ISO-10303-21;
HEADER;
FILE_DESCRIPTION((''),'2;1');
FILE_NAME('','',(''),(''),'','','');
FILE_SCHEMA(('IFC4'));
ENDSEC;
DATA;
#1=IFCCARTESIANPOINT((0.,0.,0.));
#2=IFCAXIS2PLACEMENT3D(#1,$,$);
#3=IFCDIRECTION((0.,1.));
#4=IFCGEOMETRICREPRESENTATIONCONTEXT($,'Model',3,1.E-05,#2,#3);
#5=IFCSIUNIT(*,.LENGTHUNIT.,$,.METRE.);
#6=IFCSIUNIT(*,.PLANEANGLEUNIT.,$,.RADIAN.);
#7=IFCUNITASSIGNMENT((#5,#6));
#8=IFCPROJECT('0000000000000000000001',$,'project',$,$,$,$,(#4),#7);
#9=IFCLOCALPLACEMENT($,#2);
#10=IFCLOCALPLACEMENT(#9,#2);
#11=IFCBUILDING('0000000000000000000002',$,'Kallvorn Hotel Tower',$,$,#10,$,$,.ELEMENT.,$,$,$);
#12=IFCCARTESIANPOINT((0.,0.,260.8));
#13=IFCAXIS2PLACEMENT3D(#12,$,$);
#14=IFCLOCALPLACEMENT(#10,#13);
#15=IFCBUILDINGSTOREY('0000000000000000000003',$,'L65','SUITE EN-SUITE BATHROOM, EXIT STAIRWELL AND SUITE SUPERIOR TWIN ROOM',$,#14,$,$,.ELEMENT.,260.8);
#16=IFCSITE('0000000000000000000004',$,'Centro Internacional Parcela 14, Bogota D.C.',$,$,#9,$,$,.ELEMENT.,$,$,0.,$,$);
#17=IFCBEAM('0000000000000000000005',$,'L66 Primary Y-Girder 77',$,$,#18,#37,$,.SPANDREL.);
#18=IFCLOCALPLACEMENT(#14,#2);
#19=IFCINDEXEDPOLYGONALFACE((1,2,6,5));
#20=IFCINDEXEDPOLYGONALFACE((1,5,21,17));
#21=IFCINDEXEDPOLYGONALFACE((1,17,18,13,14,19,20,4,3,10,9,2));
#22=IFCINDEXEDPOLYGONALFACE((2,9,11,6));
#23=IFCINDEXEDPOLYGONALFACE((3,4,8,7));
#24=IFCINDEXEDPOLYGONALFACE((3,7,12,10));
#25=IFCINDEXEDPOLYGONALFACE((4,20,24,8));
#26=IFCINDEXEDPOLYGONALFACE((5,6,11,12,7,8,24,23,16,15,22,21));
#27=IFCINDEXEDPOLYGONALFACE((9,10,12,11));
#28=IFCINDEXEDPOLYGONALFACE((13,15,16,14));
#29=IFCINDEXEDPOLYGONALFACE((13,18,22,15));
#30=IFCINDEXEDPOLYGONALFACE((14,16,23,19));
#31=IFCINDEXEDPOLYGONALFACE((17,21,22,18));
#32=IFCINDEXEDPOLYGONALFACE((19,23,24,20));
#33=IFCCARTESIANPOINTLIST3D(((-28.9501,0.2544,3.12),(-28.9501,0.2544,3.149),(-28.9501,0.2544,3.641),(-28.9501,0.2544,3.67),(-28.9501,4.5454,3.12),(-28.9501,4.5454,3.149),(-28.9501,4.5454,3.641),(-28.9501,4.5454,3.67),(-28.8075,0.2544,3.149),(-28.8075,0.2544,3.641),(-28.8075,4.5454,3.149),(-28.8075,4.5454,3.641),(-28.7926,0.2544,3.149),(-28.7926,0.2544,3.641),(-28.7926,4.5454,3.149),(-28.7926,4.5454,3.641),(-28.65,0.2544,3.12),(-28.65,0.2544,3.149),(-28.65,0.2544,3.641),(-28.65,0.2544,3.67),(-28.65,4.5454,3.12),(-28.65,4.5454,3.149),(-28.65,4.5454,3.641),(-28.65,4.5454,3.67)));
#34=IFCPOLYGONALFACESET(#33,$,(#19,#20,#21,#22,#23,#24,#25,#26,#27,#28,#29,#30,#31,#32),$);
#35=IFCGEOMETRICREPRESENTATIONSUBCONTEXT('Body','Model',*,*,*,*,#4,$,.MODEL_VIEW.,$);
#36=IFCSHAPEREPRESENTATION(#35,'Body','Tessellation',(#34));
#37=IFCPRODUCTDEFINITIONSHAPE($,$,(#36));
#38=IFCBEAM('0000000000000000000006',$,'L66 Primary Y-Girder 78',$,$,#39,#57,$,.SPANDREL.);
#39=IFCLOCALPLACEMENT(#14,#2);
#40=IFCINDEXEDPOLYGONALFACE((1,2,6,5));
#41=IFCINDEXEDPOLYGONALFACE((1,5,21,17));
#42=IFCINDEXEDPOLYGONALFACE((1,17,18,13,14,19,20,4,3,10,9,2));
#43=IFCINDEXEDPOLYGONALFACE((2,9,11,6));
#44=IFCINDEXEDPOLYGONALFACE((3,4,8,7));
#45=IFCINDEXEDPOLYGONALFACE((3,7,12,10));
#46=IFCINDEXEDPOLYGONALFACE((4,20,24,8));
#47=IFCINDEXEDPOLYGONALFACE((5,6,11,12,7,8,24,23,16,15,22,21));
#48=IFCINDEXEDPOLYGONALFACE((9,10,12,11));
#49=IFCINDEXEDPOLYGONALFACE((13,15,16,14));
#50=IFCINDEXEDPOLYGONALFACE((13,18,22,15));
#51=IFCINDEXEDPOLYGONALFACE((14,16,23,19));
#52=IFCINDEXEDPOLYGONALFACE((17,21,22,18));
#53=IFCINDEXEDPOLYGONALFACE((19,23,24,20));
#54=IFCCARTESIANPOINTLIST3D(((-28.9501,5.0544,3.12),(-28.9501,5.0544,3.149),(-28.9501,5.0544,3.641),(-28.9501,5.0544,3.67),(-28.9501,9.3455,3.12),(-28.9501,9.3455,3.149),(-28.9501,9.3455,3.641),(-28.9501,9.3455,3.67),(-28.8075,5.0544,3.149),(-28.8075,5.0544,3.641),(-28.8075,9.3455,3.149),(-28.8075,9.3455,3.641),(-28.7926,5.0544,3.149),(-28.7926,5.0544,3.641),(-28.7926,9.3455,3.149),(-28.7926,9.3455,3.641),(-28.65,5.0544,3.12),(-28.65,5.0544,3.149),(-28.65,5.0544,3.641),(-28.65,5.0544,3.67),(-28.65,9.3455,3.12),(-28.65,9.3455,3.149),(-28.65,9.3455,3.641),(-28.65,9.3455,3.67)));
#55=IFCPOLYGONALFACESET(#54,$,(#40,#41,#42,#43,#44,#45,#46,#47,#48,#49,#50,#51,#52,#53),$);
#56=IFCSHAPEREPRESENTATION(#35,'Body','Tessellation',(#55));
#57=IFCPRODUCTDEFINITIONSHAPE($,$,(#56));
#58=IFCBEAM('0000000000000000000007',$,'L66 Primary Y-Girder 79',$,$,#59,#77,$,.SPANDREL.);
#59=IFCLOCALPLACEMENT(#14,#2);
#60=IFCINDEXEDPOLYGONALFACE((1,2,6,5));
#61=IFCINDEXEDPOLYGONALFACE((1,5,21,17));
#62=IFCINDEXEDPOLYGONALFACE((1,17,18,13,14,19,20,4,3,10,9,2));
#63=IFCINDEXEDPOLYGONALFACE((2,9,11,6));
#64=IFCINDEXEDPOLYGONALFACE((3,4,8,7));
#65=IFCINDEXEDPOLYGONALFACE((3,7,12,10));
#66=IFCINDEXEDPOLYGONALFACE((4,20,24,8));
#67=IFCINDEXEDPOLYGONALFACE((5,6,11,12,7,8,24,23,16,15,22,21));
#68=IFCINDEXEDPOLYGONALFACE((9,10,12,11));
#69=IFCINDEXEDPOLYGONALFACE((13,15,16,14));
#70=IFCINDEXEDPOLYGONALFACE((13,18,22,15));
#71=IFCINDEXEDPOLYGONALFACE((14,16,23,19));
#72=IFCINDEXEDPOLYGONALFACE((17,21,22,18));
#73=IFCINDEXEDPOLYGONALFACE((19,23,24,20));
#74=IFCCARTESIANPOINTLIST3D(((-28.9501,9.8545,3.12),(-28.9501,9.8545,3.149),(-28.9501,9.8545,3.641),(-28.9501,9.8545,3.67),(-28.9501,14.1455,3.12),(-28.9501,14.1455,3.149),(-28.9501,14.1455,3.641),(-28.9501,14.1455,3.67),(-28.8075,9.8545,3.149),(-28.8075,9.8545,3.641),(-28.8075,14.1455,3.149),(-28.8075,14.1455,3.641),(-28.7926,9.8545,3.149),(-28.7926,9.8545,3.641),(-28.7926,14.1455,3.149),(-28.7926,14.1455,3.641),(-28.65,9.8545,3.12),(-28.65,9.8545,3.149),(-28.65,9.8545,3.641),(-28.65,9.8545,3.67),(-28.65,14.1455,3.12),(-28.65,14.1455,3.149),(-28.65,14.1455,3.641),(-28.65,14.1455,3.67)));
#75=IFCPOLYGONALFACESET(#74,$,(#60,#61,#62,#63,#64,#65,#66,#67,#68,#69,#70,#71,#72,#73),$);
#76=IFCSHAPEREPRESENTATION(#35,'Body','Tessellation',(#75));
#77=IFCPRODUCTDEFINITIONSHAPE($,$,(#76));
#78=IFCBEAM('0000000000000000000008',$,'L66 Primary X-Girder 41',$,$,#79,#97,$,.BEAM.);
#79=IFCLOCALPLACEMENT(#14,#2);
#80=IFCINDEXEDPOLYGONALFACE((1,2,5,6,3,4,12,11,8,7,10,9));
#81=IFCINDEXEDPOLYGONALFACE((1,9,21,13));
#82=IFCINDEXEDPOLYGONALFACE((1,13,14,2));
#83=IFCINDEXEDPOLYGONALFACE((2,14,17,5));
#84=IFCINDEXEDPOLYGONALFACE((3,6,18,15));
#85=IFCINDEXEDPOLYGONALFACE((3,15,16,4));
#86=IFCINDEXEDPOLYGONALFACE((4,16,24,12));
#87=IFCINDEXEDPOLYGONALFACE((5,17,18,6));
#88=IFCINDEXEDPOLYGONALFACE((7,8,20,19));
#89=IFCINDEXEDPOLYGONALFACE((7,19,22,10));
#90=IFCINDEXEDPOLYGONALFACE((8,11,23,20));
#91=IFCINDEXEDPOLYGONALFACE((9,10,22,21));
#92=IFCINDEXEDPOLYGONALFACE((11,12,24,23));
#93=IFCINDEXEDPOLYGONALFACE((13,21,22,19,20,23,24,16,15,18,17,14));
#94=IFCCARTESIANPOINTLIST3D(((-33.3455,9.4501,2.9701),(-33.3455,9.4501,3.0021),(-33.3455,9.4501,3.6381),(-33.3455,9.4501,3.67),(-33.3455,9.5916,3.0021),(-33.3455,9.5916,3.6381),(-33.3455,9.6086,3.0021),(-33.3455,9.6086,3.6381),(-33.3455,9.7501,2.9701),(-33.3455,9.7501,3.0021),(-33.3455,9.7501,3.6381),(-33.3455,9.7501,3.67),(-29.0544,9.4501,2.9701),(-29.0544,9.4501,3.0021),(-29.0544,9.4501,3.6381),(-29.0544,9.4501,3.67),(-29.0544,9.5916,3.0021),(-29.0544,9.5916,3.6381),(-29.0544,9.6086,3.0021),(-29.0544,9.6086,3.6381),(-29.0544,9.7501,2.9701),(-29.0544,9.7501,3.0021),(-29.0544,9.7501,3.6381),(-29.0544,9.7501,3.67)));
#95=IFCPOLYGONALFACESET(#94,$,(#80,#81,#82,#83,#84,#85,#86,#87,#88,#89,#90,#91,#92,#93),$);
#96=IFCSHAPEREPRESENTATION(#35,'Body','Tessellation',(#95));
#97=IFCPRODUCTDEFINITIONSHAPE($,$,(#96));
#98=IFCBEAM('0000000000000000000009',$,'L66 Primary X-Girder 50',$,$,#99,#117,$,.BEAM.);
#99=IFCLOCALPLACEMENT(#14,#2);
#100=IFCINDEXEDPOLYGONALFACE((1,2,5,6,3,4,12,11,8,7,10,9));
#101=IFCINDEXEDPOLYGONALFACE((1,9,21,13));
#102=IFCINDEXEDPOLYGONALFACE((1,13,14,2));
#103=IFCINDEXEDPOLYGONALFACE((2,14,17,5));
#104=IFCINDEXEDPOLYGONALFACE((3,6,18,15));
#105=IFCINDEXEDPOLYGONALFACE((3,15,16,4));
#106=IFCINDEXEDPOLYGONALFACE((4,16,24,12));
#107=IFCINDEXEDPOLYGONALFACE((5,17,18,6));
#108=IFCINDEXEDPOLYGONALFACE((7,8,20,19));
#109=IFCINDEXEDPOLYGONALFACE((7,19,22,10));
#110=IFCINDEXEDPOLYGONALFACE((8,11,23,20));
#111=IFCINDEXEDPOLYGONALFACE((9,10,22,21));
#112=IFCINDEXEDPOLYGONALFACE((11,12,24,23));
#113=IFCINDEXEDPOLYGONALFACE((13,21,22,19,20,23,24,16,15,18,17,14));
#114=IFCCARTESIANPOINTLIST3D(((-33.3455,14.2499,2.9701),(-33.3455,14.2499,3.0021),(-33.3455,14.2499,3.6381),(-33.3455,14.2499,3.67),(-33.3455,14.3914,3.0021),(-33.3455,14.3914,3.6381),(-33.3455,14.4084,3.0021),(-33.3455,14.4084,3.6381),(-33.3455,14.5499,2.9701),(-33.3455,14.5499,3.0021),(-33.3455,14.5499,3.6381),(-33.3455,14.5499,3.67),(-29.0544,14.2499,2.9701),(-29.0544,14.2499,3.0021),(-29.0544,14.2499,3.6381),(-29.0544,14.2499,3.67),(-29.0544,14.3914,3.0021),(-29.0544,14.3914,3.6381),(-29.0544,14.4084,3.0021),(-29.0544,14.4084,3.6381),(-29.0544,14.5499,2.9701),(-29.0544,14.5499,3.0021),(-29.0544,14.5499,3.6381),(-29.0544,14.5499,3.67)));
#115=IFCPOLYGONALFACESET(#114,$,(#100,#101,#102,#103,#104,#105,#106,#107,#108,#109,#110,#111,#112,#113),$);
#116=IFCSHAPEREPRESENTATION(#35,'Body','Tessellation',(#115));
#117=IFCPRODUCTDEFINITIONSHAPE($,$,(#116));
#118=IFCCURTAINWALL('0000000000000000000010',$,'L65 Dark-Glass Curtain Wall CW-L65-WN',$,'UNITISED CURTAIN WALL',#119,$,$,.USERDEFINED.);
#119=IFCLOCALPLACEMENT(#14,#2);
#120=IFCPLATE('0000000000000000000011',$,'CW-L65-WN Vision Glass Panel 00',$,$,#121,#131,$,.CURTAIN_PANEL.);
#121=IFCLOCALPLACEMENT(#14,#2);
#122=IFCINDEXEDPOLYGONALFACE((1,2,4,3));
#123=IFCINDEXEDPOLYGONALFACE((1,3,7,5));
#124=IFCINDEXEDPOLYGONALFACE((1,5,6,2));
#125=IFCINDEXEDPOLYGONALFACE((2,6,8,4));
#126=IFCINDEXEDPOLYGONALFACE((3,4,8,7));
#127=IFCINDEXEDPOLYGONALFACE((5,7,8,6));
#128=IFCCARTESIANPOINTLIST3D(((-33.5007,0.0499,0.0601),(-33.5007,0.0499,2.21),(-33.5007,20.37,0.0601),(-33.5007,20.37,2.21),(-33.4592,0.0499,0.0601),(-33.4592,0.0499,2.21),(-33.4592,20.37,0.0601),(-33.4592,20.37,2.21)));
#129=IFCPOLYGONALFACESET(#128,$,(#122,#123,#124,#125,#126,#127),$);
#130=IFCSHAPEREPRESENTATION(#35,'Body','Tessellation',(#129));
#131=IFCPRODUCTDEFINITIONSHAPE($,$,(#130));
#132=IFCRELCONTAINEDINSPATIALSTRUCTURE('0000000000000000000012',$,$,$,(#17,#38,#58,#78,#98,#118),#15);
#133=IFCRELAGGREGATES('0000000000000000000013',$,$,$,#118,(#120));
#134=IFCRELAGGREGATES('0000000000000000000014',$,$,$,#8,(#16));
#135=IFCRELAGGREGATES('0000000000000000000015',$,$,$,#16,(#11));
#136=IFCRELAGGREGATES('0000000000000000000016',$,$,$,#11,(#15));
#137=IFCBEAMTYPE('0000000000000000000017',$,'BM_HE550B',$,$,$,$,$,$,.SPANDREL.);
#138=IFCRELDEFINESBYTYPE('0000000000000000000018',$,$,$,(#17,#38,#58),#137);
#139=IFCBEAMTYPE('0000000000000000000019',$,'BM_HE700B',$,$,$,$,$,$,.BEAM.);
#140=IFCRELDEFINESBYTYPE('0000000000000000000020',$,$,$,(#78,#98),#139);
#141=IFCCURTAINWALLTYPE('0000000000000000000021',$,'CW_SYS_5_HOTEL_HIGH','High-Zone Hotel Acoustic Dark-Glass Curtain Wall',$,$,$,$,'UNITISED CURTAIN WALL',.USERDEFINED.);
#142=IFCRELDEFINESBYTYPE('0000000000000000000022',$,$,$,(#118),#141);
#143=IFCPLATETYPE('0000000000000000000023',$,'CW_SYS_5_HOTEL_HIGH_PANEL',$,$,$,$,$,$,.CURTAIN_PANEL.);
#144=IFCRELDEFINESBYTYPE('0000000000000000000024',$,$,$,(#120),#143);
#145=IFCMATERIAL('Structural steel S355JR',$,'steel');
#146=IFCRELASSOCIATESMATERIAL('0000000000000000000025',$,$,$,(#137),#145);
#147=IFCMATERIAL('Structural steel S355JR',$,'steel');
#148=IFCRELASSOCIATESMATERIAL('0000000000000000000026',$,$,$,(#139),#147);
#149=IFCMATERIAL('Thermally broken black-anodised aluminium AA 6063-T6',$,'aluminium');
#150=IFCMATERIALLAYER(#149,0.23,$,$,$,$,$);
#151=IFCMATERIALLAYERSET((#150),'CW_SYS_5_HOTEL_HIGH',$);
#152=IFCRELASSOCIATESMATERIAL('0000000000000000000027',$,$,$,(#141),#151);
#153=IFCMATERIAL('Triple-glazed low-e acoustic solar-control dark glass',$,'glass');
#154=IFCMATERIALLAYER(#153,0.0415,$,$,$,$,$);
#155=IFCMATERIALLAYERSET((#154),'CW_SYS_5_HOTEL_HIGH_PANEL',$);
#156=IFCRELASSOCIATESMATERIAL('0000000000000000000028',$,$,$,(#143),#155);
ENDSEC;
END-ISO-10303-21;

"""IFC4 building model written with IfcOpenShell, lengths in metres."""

from ifc_helpers import new_model, si_unit, direction, frame, origin, origin_2d, place, context, subcontext, project, spatial, rectangle, i_section, extrude, material, layer, layer_set, material_profile, profile_set, type_object, element, aggregate, save


model = new_model("IFC4")

# Units and contexts
model_context = context("Model", 3, precision=1e-05, world=origin(), true_north=direction((0.0, 1.0)))
body_context = subcontext(model_context, "Body", "Model", "MODEL_VIEW")
ifc_project = project(units=[si_unit("LENGTHUNIT", "METRE"), si_unit("PLANEANGLEUNIT", "RADIAN")], contexts=[model_context])

# Site, building, storey
site_placement = place(None, origin())
site = spatial("IfcSite", under=ifc_project, at=site_placement, Name="Centro Internacional Parcela 14, Bogota D.C.", CompositionType="ELEMENT", RefElevation=0.0)
building_placement = place(site_placement, origin())
building = spatial("IfcBuilding", under=site, at=building_placement, Name="Kallvorn Hotel Tower", CompositionType="ELEMENT")
storey_placement = place(building_placement, frame((0.0, 0.0, 260.8)))
storey = spatial("IfcBuildingStorey", under=building, at=storey_placement, Name="L65", Description="SUITE EN-SUITE BATHROOM, EXIT STAIRWELL AND SUITE SUPERIOR TWIN ROOM", CompositionType="ELEMENT", Elevation=260.8)

# Beams
ifc_material_1 = material(Name="Structural steel S355JR", Category="steel")
ifc_material_profile_1 = material_profile(ifc_material_1, i_section(OverallWidth=0.3, OverallDepth=0.55, WebThickness=0.0149, FlangeThickness=0.0291, at=origin_2d()), Name="HE 550 B")
ifc_profile_set_1 = profile_set([ifc_material_profile_1], Name="Structural steel S355JR")
beam_type_1 = type_object("IfcBeamType", Name="BM_HE550B", PredefinedType="SPANDREL", material=ifc_profile_set_1)
for number, where, z_axis, x_axis, name in (
    (1, (-28.8, 0.2544, 3.395), (0.0, 1.0, 0.0), (-1.0, 0.0, 0.0), "L66 Primary Y-Girder 77"),
    (2, (-28.8, 5.0544, 3.395), (0.0, 1.0, 0.0), (-1.0, 0.0, 0.0), "L66 Primary Y-Girder 78"),
    (3, (-28.8, 9.8545, 3.395), (0.0, 1.0, 0.0), (-1.0, 0.0, 0.0), "L66 Primary Y-Girder 79"),
):
    element("IfcBeam", number, at=place(storey_placement, frame(where, z_axis=z_axis, x_axis=x_axis)), inside=storey, type_object=beam_type_1, Name=name, PredefinedType="SPANDREL", context=body_context, shape_type="SweptSolid", body=[
        extrude(i_section(OverallWidth=0.3, OverallDepth=0.55, WebThickness=0.0149, FlangeThickness=0.0291, at=origin_2d()), origin(), (0.0, 0.0, 1.0), 4.291),
    ])
ifc_material_2 = material(Name="Structural steel S355JR", Category="steel")
ifc_material_profile_2 = material_profile(ifc_material_2, i_section(OverallWidth=0.3, OverallDepth=0.7, WebThickness=0.0171, FlangeThickness=0.032, at=origin_2d()), Name="HE 700 B")
ifc_profile_set_2 = profile_set([ifc_material_profile_2], Name="Structural steel S355JR")
beam_type_2 = type_object("IfcBeamType", Name="BM_HE700B", PredefinedType="BEAM", material=ifc_profile_set_2)
for number, where, z_axis, x_axis, name in (
    (4, (-33.3455, 9.6001, 3.3201), (1.0, 0.0, 0.0), (0.0, 1.0, 0.0), "L66 Primary X-Girder 41"),
    (5, (-33.3455, 14.3999, 3.3201), (1.0, 0.0, 0.0), (0.0, 1.0, 0.0), "L66 Primary X-Girder 50"),
):
    element("IfcBeam", number, at=place(storey_placement, frame(where, z_axis=z_axis, x_axis=x_axis)), inside=storey, type_object=beam_type_2, Name=name, PredefinedType="BEAM", context=body_context, shape_type="SweptSolid", body=[
        extrude(i_section(OverallWidth=0.3, OverallDepth=0.7, WebThickness=0.0171, FlangeThickness=0.032, at=origin_2d()), origin(), (0.0, 0.0, 1.0), 4.291),
    ])

# Curtain wall, plate
ifc_material_3 = material(Name="Thermally broken black-anodised aluminium AA 6063-T6", Category="aluminium")
ifc_layer_1 = layer(ifc_material_3, 0.23)
ifc_layer_set_1 = layer_set([ifc_layer_1], Name="CW_SYS_5_HOTEL_HIGH")
curtain_wall_type = type_object("IfcCurtainWallType", Name="CW_SYS_5_HOTEL_HIGH", Description="High-Zone Hotel Acoustic Dark-Glass Curtain Wall", ElementType="UNITISED CURTAIN WALL", PredefinedType="USERDEFINED", material=ifc_layer_set_1)
curtain_wall_placement = place(storey_placement, origin())
curtain_wall = element("IfcCurtainWall", 6, at=curtain_wall_placement, inside=storey, type_object=curtain_wall_type, Name="L65 Dark-Glass Curtain Wall CW-L65-WN", ObjectType="UNITISED CURTAIN WALL", PredefinedType="USERDEFINED")
ifc_material_4 = material(Name="Triple-glazed low-e acoustic solar-control dark glass", Category="glass")
ifc_layer_2 = layer(ifc_material_4, 0.0415)
ifc_layer_set_2 = layer_set([ifc_layer_2], Name="CW_SYS_5_HOTEL_HIGH_PANEL")
plate_type = type_object("IfcPlateType", Name="CW_SYS_5_HOTEL_HIGH_PANEL", PredefinedType="CURTAIN_PANEL", material=ifc_layer_set_2)
plate_placement = place(storey_placement, frame((-33.48, 10.21, 0.0601), z_axis=(0.0, 0.0, 1.0), x_axis=(0.0, 1.0, 0.0)))
plate = element("IfcPlate", 7, at=plate_placement, type_object=plate_type, Name="CW-L65-WN Vision Glass Panel 00", PredefinedType="CURTAIN_PANEL", context=body_context, shape_type="SweptSolid", body=[
    extrude(rectangle(XDim=20.3201, YDim=0.0415, at=origin_2d()), origin(), (0.0, 0.0, 1.0), 2.1499),
])
aggregate(curtain_wall, [plate])

save(model, "model.ifc")
